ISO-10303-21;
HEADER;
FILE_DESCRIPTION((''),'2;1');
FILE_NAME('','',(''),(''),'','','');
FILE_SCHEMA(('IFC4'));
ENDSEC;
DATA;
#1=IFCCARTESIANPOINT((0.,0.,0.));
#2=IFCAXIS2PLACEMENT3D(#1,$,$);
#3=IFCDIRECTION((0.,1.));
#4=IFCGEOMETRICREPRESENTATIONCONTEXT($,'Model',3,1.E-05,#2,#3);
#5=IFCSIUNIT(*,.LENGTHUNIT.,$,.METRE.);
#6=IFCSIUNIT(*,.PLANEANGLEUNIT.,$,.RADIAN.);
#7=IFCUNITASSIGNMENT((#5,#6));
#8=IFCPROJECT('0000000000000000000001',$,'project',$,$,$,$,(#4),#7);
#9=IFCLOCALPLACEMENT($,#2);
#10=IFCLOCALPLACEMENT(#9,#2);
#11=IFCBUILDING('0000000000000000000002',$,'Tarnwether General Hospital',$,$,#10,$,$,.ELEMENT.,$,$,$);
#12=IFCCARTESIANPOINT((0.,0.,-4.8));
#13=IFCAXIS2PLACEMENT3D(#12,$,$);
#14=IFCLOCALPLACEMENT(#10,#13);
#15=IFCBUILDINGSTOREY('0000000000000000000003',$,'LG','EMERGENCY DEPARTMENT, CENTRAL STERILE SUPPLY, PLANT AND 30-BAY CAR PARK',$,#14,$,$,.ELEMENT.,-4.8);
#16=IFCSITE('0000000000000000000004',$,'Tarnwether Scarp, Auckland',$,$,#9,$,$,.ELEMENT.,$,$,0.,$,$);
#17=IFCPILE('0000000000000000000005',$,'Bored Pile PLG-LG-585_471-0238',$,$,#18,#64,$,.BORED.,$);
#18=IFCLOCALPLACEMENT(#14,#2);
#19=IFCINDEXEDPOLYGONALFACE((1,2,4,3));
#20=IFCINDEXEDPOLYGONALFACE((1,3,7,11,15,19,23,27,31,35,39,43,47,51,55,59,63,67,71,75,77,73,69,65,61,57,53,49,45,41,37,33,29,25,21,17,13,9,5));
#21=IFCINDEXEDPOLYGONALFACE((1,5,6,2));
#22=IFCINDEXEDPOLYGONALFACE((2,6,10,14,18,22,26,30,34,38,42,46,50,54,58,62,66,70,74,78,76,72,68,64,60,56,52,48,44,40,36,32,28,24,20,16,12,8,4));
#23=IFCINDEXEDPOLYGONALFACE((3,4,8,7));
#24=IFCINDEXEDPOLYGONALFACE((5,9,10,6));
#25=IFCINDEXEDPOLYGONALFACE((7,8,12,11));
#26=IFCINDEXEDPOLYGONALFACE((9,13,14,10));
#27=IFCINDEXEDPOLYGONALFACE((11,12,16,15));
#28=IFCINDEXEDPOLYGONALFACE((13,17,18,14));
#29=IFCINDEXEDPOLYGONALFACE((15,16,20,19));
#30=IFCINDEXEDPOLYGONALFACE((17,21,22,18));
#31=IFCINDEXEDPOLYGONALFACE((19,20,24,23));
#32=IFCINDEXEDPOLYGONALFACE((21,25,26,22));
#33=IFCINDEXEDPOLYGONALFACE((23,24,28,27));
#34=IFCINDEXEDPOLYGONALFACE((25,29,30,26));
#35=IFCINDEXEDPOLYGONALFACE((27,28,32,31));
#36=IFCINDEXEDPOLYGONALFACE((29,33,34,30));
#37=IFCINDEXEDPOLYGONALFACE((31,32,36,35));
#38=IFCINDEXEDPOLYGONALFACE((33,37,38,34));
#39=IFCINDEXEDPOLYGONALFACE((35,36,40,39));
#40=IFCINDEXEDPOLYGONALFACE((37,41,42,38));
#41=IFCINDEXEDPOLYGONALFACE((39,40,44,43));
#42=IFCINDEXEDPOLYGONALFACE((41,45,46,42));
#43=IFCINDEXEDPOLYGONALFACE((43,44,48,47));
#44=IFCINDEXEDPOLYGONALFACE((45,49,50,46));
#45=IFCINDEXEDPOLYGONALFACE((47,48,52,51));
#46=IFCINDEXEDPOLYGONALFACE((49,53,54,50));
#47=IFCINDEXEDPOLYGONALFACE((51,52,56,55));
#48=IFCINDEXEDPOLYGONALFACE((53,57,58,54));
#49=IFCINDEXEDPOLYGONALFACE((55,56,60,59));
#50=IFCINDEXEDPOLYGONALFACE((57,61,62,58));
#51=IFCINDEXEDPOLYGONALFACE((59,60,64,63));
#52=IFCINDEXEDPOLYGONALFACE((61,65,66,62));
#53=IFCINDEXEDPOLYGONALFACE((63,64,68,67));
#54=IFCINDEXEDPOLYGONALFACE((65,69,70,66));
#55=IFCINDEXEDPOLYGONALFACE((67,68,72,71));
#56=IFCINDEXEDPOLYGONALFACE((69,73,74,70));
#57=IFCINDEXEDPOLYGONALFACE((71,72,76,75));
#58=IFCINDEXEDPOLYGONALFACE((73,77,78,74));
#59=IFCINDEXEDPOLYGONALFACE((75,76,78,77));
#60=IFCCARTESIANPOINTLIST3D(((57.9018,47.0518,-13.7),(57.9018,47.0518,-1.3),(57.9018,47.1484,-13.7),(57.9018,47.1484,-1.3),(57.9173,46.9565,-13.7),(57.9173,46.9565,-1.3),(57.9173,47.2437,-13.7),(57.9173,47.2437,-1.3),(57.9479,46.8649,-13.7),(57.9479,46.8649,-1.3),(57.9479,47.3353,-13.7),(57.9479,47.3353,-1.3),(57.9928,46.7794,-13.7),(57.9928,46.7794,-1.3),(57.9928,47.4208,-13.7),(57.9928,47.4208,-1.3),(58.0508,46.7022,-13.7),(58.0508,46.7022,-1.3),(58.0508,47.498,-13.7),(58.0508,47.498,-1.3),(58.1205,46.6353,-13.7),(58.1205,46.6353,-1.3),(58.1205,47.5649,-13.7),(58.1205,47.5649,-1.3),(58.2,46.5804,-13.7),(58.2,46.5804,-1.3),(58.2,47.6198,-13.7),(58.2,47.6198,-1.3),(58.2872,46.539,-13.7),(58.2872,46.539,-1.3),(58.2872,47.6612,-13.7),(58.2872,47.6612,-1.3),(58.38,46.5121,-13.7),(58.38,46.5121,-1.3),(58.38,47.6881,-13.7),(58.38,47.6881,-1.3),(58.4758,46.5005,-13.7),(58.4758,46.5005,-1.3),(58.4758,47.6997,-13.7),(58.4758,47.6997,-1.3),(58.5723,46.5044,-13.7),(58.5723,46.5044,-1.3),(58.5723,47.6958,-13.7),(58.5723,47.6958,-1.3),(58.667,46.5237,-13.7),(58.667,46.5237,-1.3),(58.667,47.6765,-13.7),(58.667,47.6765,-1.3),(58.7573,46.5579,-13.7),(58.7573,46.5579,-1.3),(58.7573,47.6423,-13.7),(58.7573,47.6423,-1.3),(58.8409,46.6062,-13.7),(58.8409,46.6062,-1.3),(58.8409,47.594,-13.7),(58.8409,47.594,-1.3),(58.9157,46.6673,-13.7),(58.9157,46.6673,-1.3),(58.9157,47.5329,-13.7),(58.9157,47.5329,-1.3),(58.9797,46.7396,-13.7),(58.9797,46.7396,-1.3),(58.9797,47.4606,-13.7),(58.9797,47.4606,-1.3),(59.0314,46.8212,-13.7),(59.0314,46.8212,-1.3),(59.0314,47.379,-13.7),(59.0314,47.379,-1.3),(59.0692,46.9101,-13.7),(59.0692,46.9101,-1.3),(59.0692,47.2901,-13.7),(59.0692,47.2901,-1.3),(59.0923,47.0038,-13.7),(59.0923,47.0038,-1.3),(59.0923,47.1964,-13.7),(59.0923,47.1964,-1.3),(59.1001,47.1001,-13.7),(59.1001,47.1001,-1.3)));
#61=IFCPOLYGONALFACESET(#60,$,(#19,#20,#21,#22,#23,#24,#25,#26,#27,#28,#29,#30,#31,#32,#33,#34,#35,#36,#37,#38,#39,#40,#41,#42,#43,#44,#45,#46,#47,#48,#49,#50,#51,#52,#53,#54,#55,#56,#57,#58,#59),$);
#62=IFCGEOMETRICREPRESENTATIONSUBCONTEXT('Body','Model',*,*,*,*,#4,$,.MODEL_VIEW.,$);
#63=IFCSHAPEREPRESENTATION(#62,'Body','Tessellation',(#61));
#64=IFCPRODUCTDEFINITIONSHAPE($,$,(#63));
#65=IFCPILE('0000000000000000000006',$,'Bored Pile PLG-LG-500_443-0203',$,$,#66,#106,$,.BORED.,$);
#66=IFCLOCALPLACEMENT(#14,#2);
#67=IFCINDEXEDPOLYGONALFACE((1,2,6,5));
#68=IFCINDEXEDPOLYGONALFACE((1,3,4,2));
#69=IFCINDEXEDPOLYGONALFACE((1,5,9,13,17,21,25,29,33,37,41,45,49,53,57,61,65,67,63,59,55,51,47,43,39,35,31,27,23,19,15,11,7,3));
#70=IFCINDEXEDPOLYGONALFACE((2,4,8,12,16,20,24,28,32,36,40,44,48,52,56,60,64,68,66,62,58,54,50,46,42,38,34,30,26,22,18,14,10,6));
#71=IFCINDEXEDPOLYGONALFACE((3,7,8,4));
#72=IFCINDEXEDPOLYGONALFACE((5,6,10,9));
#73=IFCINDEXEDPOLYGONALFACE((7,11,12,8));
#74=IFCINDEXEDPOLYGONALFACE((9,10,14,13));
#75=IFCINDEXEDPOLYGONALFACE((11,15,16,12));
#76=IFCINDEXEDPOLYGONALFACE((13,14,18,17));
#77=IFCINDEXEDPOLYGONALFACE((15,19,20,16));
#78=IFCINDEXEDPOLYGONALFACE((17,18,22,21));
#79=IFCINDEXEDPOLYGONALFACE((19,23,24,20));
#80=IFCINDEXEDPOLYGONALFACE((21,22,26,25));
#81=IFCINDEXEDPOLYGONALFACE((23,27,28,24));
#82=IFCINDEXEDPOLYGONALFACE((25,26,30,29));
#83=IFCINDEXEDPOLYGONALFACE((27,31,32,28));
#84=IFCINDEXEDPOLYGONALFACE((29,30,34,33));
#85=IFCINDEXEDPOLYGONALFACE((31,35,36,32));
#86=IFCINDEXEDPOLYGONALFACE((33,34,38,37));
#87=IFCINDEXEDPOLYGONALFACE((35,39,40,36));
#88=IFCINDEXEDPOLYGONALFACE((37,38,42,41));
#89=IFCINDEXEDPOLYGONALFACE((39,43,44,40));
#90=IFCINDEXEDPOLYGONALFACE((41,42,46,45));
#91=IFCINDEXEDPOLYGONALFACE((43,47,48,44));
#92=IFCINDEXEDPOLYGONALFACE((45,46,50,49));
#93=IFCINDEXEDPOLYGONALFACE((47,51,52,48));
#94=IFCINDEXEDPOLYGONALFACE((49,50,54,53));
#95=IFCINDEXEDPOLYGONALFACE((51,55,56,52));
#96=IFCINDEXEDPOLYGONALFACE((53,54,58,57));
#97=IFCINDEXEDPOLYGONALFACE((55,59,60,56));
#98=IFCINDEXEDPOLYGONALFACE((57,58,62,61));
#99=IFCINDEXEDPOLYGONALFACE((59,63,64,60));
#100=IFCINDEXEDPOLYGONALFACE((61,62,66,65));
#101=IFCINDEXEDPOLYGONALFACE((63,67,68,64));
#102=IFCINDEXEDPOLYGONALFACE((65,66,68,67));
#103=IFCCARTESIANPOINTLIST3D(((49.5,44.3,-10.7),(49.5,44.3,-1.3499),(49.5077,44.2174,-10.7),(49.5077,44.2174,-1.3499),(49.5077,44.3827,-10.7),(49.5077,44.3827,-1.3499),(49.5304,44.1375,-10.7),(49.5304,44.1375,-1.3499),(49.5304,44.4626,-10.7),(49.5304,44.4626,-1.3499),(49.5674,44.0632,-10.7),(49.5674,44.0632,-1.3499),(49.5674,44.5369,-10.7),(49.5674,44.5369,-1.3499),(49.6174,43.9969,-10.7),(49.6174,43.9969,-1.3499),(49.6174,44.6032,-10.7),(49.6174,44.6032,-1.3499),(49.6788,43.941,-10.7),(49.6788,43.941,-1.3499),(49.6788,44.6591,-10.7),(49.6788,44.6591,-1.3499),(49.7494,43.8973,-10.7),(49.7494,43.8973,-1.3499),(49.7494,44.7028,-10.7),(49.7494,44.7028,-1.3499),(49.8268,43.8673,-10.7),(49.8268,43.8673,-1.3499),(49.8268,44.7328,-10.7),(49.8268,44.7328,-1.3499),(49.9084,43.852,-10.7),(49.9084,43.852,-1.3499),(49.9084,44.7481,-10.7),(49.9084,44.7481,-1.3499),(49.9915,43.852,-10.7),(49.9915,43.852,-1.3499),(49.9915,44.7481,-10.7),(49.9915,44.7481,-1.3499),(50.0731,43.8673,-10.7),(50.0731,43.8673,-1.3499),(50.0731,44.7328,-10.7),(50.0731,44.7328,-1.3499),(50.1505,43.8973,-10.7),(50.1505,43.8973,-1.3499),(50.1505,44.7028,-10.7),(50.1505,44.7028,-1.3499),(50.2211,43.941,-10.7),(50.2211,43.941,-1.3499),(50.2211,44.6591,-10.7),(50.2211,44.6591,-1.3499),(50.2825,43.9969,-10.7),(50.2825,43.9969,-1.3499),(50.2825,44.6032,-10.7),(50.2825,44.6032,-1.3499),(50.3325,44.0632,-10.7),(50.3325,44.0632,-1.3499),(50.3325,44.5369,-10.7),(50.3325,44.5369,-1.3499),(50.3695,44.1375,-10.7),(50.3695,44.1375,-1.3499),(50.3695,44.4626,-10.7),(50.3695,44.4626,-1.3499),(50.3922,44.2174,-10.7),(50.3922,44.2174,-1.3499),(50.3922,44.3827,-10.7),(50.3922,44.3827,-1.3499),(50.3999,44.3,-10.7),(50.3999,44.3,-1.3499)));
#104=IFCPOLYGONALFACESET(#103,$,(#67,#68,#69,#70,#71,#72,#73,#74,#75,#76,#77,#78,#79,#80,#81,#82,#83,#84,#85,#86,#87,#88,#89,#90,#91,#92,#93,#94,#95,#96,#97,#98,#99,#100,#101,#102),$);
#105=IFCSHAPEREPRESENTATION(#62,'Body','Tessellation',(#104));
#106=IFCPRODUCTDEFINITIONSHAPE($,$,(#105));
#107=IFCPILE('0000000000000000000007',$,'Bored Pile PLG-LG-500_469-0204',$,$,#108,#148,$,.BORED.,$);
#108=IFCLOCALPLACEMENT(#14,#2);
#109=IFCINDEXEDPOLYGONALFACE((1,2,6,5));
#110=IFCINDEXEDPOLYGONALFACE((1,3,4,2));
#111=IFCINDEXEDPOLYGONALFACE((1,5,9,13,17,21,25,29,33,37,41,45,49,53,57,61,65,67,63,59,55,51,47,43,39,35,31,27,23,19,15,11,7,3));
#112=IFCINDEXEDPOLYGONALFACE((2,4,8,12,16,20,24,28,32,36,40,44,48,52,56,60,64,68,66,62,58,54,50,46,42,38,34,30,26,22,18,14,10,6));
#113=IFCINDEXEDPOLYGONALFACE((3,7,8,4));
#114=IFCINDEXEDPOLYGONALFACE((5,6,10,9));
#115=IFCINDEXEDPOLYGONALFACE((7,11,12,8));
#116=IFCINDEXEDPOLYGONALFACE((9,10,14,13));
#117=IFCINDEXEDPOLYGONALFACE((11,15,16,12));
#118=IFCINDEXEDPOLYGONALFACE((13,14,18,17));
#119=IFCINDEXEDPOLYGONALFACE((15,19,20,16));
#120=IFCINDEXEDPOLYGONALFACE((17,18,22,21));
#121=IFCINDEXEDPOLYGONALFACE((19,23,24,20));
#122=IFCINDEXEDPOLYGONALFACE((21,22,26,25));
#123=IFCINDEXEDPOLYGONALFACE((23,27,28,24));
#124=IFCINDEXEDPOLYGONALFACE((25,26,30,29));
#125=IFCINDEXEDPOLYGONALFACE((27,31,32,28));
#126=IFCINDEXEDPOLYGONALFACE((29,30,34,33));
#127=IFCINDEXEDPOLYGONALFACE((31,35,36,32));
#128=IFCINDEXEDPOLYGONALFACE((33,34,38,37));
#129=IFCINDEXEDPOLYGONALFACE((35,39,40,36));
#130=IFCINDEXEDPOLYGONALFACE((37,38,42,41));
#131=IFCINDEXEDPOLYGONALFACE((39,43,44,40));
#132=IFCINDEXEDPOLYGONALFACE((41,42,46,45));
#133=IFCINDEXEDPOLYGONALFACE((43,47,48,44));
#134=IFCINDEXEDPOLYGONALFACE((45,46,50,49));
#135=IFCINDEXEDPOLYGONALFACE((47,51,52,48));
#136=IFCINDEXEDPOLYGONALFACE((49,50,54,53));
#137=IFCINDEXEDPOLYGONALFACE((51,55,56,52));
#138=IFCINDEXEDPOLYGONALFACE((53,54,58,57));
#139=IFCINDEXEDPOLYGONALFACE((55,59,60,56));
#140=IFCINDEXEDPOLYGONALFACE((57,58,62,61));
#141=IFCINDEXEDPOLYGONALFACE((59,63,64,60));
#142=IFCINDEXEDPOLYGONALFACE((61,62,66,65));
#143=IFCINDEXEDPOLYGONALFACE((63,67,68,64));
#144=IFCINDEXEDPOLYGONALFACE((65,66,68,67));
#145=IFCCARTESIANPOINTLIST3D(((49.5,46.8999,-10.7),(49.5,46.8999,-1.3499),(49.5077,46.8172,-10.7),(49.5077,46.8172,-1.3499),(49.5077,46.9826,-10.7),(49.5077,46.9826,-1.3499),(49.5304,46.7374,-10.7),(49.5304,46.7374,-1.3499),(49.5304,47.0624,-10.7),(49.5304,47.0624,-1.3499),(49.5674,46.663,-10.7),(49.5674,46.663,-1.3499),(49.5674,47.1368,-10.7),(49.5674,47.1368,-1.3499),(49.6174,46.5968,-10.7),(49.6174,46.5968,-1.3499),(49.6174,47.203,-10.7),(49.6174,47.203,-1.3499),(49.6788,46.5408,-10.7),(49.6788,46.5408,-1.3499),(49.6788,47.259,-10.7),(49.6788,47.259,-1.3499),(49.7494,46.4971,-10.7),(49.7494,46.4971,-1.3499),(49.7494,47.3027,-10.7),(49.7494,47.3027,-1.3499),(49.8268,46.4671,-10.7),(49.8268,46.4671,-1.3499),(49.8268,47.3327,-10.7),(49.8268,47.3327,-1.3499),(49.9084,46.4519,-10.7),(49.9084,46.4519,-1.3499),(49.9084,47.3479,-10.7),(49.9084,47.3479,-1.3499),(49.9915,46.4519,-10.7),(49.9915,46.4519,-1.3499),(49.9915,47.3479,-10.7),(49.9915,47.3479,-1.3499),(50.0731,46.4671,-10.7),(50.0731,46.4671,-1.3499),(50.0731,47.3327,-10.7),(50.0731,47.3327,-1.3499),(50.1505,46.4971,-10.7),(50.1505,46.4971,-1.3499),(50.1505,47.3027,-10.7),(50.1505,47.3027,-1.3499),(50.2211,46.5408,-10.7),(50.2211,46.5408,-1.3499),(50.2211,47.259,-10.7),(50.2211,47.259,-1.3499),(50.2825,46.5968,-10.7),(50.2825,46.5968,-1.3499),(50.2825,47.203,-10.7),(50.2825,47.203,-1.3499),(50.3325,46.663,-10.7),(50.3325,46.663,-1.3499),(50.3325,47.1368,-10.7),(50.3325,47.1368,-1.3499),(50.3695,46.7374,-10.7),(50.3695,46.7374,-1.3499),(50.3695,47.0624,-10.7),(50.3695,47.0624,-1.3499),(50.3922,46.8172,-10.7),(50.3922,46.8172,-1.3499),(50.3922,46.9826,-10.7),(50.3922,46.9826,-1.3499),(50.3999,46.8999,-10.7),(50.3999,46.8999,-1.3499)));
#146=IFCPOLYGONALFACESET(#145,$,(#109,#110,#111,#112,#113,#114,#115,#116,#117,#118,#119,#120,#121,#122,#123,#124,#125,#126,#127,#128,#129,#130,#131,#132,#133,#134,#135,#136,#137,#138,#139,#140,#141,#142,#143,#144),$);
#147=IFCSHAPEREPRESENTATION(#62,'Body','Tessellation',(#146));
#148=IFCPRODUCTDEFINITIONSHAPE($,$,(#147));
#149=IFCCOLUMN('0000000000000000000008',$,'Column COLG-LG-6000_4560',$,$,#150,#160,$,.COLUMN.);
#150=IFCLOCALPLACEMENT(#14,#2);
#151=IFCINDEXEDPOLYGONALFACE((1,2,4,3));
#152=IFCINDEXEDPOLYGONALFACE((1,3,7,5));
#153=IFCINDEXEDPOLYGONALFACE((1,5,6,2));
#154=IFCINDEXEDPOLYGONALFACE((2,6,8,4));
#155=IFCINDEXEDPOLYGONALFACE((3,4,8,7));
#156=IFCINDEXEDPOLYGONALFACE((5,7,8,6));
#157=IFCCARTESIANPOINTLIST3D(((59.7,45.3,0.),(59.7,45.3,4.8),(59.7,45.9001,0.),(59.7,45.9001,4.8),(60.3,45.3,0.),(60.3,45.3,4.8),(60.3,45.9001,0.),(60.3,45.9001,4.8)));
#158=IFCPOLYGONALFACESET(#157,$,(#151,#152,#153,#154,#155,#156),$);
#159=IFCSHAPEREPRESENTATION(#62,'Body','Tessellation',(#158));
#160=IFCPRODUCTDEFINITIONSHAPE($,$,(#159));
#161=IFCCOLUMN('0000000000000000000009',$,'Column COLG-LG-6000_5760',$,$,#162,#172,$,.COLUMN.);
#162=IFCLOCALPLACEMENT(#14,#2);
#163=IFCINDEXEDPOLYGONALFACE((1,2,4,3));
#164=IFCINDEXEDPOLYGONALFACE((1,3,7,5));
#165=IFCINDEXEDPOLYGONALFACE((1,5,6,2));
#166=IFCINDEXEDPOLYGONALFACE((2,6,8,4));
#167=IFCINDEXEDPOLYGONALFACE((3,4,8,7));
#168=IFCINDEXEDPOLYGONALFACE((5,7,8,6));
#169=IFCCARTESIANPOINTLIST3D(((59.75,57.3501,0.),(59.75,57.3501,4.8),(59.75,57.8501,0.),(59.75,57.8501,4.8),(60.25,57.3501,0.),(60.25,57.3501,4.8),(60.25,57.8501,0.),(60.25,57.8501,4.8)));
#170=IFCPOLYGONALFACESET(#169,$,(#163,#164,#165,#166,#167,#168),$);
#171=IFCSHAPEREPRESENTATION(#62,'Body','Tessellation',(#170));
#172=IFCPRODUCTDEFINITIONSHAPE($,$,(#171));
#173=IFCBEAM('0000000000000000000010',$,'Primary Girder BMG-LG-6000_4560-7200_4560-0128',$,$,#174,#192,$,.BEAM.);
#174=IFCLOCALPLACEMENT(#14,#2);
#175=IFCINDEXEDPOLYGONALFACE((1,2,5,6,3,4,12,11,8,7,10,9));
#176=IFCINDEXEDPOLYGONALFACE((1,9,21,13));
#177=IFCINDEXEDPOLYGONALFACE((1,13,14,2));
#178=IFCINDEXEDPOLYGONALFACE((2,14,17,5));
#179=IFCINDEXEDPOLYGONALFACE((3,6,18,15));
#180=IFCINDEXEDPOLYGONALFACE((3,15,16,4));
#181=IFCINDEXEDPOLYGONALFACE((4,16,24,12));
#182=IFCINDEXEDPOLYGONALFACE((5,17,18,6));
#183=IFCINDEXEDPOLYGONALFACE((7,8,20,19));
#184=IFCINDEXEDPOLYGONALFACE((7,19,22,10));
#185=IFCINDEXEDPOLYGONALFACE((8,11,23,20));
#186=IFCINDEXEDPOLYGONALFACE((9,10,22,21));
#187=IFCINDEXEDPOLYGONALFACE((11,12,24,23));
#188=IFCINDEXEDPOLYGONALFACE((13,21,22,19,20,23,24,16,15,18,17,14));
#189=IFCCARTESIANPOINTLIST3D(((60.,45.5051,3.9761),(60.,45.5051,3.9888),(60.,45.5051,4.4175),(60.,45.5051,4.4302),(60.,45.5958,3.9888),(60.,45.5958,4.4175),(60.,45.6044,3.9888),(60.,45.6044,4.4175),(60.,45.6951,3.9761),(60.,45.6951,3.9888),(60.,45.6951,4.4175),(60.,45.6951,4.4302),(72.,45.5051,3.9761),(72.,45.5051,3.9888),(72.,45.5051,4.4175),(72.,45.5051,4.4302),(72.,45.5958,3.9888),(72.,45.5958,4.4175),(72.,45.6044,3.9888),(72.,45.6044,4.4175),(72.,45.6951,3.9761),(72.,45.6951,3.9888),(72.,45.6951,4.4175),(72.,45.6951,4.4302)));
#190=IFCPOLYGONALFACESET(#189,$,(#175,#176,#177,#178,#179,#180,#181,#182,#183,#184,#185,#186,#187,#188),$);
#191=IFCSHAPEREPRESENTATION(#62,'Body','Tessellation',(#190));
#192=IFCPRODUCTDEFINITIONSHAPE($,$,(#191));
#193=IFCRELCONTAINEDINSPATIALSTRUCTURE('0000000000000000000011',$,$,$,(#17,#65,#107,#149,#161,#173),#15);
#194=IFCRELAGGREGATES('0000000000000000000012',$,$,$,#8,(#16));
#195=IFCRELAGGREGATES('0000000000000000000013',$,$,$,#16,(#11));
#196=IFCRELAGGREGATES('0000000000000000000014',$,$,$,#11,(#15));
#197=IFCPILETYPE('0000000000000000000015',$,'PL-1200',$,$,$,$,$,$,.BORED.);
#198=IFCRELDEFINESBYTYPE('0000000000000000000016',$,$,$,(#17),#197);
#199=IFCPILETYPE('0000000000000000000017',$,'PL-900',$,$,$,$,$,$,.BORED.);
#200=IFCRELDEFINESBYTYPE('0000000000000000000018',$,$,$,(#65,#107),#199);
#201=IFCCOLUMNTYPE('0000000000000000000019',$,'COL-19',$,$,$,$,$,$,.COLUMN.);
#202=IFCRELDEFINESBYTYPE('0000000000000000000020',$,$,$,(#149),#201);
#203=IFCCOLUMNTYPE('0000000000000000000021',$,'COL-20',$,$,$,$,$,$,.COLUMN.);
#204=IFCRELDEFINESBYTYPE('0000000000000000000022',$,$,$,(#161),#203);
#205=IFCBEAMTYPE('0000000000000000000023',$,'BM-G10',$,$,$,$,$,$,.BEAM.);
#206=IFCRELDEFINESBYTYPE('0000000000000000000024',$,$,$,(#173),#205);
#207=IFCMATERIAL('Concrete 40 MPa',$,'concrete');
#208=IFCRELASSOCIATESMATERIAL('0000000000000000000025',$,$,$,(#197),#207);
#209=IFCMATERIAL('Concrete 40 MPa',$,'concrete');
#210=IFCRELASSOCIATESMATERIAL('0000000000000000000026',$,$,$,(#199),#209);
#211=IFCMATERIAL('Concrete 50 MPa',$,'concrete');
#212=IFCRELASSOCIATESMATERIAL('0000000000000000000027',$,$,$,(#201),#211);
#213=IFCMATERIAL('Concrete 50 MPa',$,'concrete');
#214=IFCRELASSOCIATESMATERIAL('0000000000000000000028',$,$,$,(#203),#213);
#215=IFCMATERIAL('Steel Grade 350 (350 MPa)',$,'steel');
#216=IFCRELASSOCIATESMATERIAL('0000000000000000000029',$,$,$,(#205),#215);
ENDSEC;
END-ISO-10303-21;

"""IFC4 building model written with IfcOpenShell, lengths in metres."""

from ifc_helpers import new_model, si_unit, direction, frame, origin, origin_2d, place, context, subcontext, project, spatial, rectangle, circle, i_section, extrude, material, material_profile, profile_set, type_object, element, save


model = new_model("IFC4")

# Units and contexts
model_context = context("Model", 3, precision=1e-05, world=origin(), true_north=direction((0.0, 1.0)))
body_context = subcontext(model_context, "Body", "Model", "MODEL_VIEW")
ifc_project = project(units=[si_unit("LENGTHUNIT", "METRE"), si_unit("PLANEANGLEUNIT", "RADIAN")], contexts=[model_context])

# Site, building, storey
site_placement = place(None, origin())
site = spatial("IfcSite", under=ifc_project, at=site_placement, Name="Tarnwether Scarp, Auckland", CompositionType="ELEMENT", RefElevation=0.0)
building_placement = place(site_placement, origin())
building = spatial("IfcBuilding", under=site, at=building_placement, Name="Tarnwether General Hospital", CompositionType="ELEMENT")
storey_placement = place(building_placement, frame((0.0, 0.0, -4.8)))
storey = spatial("IfcBuildingStorey", under=building, at=storey_placement, Name="LG", Description="EMERGENCY DEPARTMENT, CENTRAL STERILE SUPPLY, PLANT AND 30-BAY CAR PARK", CompositionType="ELEMENT", Elevation=-4.8)

# Piles
ifc_material_1 = material(Name="Concrete 40 MPa", Category="concrete")
ifc_material_profile_1 = material_profile(ifc_material_1, circle(Radius=0.6001, at=origin_2d()), Name="PILE-D1200")
ifc_profile_set_1 = profile_set([ifc_material_profile_1], Name="Concrete 40 MPa")
pile_type_1 = type_object("IfcPileType", Name="PL-1200", PredefinedType="BORED", material=ifc_profile_set_1)
for number, where, z_axis, x_axis, name in (
    (1, (58.5, 47.1001, -1.3), (0.0, 0.0, -1.0), (1.0, 0.0, 0.0), "Bored Pile PLG-LG-585_471-0238"),
):
    element("IfcPile", number, at=place(storey_placement, frame(where, z_axis=z_axis, x_axis=x_axis)), inside=storey, type_object=pile_type_1, Name=name, PredefinedType="BORED", context=body_context, shape_type="SweptSolid", body=[
        extrude(circle(Radius=0.6001, at=origin_2d()), origin(), (0.0, 0.0, 1.0), 12.3999),
    ])
ifc_material_2 = material(Name="Concrete 40 MPa", Category="concrete")
ifc_material_profile_2 = material_profile(ifc_material_2, circle(Radius=0.45, at=origin_2d()), Name="PILE-D900")
ifc_profile_set_2 = profile_set([ifc_material_profile_2], Name="Concrete 40 MPa")
pile_type_2 = type_object("IfcPileType", Name="PL-900", PredefinedType="BORED", material=ifc_profile_set_2)
for number, where, z_axis, x_axis, name in (
    (2, (49.95, 44.3, -1.3499), (0.0, 0.0, -1.0), (1.0, 0.0, 0.0), "Bored Pile PLG-LG-500_443-0203"),
    (3, (49.95, 46.8999, -1.3499), (0.0, 0.0, -1.0), (1.0, 0.0, 0.0), "Bored Pile PLG-LG-500_469-0204"),
):
    element("IfcPile", number, at=place(storey_placement, frame(where, z_axis=z_axis, x_axis=x_axis)), inside=storey, type_object=pile_type_2, Name=name, PredefinedType="BORED", context=body_context, shape_type="SweptSolid", body=[
        extrude(circle(Radius=0.45, at=origin_2d()), origin(), (0.0, 0.0, 1.0), 9.3501),
    ])

# Columns
ifc_material_3 = material(Name="Concrete 50 MPa", Category="concrete")
ifc_material_profile_3 = material_profile(ifc_material_3, rectangle(XDim=0.6001, YDim=0.6001, at=origin_2d()), Name="RC-COL-600x600")
ifc_profile_set_3 = profile_set([ifc_material_profile_3], Name="Concrete 50 MPa")
column_type_1 = type_object("IfcColumnType", Name="COL-19", PredefinedType="COLUMN", material=ifc_profile_set_3)
column_1_placement = place(storey_placement, frame((60.0, 45.6001, 0.0), z_axis=(0.0, 0.0, 1.0), x_axis=(0.0, 1.0, 0.0)))
element("IfcColumn", 4, at=column_1_placement, inside=storey, type_object=column_type_1, Name="Column COLG-LG-6000_4560", PredefinedType="COLUMN", context=body_context, shape_type="SweptSolid", body=[
    extrude(rectangle(XDim=0.6001, YDim=0.6001, at=origin_2d()), origin(), (0.0, 0.0, 1.0), 4.8),
])
ifc_material_4 = material(Name="Concrete 50 MPa", Category="concrete")
ifc_material_profile_4 = material_profile(ifc_material_4, rectangle(XDim=0.5, YDim=0.5, at=origin_2d()), Name="RC-COL-500x500")
ifc_profile_set_4 = profile_set([ifc_material_profile_4], Name="Concrete 50 MPa")
column_type_2 = type_object("IfcColumnType", Name="COL-20", PredefinedType="COLUMN", material=ifc_profile_set_4)
column_2_placement = place(storey_placement, frame((60.0, 57.6001, 0.0), z_axis=(0.0, 0.0, 1.0), x_axis=(0.0, 1.0, 0.0)))
element("IfcColumn", 5, at=column_2_placement, inside=storey, type_object=column_type_2, Name="Column COLG-LG-6000_5760", PredefinedType="COLUMN", context=body_context, shape_type="SweptSolid", body=[
    extrude(rectangle(XDim=0.5, YDim=0.5, at=origin_2d()), origin(), (0.0, 0.0, 1.0), 4.8),
])

# Beam
ifc_material_5 = material(Name="Steel Grade 350 (350 MPa)", Category="steel")
ifc_material_profile_5 = material_profile(ifc_material_5, i_section(OverallWidth=0.1899, OverallDepth=0.4541, WebThickness=0.0085, FlangeThickness=0.0127, at=origin_2d()), Name="460UB67.1")
ifc_profile_set_5 = profile_set([ifc_material_profile_5], Name="Steel Grade 350 (350 MPa)")
beam_type_1 = type_object("IfcBeamType", Name="BM-G10", PredefinedType="BEAM", material=ifc_profile_set_5)
beam_1_placement = place(storey_placement, frame((60.0, 45.6001, 4.2031), z_axis=(1.0, 0.0, 0.0), x_axis=(0.0, 1.0, 0.0)))
element("IfcBeam", 6, at=beam_1_placement, inside=storey, type_object=beam_type_1, Name="Primary Girder BMG-LG-6000_4560-7200_4560-0128", PredefinedType="BEAM", context=body_context, shape_type="SweptSolid", body=[
    extrude(i_section(OverallWidth=0.1899, OverallDepth=0.4541, WebThickness=0.0085, FlangeThickness=0.0127, at=origin_2d()), origin(), (0.0, 0.0, 1.0), 12.0),
])

save(model, "model.ifc")
